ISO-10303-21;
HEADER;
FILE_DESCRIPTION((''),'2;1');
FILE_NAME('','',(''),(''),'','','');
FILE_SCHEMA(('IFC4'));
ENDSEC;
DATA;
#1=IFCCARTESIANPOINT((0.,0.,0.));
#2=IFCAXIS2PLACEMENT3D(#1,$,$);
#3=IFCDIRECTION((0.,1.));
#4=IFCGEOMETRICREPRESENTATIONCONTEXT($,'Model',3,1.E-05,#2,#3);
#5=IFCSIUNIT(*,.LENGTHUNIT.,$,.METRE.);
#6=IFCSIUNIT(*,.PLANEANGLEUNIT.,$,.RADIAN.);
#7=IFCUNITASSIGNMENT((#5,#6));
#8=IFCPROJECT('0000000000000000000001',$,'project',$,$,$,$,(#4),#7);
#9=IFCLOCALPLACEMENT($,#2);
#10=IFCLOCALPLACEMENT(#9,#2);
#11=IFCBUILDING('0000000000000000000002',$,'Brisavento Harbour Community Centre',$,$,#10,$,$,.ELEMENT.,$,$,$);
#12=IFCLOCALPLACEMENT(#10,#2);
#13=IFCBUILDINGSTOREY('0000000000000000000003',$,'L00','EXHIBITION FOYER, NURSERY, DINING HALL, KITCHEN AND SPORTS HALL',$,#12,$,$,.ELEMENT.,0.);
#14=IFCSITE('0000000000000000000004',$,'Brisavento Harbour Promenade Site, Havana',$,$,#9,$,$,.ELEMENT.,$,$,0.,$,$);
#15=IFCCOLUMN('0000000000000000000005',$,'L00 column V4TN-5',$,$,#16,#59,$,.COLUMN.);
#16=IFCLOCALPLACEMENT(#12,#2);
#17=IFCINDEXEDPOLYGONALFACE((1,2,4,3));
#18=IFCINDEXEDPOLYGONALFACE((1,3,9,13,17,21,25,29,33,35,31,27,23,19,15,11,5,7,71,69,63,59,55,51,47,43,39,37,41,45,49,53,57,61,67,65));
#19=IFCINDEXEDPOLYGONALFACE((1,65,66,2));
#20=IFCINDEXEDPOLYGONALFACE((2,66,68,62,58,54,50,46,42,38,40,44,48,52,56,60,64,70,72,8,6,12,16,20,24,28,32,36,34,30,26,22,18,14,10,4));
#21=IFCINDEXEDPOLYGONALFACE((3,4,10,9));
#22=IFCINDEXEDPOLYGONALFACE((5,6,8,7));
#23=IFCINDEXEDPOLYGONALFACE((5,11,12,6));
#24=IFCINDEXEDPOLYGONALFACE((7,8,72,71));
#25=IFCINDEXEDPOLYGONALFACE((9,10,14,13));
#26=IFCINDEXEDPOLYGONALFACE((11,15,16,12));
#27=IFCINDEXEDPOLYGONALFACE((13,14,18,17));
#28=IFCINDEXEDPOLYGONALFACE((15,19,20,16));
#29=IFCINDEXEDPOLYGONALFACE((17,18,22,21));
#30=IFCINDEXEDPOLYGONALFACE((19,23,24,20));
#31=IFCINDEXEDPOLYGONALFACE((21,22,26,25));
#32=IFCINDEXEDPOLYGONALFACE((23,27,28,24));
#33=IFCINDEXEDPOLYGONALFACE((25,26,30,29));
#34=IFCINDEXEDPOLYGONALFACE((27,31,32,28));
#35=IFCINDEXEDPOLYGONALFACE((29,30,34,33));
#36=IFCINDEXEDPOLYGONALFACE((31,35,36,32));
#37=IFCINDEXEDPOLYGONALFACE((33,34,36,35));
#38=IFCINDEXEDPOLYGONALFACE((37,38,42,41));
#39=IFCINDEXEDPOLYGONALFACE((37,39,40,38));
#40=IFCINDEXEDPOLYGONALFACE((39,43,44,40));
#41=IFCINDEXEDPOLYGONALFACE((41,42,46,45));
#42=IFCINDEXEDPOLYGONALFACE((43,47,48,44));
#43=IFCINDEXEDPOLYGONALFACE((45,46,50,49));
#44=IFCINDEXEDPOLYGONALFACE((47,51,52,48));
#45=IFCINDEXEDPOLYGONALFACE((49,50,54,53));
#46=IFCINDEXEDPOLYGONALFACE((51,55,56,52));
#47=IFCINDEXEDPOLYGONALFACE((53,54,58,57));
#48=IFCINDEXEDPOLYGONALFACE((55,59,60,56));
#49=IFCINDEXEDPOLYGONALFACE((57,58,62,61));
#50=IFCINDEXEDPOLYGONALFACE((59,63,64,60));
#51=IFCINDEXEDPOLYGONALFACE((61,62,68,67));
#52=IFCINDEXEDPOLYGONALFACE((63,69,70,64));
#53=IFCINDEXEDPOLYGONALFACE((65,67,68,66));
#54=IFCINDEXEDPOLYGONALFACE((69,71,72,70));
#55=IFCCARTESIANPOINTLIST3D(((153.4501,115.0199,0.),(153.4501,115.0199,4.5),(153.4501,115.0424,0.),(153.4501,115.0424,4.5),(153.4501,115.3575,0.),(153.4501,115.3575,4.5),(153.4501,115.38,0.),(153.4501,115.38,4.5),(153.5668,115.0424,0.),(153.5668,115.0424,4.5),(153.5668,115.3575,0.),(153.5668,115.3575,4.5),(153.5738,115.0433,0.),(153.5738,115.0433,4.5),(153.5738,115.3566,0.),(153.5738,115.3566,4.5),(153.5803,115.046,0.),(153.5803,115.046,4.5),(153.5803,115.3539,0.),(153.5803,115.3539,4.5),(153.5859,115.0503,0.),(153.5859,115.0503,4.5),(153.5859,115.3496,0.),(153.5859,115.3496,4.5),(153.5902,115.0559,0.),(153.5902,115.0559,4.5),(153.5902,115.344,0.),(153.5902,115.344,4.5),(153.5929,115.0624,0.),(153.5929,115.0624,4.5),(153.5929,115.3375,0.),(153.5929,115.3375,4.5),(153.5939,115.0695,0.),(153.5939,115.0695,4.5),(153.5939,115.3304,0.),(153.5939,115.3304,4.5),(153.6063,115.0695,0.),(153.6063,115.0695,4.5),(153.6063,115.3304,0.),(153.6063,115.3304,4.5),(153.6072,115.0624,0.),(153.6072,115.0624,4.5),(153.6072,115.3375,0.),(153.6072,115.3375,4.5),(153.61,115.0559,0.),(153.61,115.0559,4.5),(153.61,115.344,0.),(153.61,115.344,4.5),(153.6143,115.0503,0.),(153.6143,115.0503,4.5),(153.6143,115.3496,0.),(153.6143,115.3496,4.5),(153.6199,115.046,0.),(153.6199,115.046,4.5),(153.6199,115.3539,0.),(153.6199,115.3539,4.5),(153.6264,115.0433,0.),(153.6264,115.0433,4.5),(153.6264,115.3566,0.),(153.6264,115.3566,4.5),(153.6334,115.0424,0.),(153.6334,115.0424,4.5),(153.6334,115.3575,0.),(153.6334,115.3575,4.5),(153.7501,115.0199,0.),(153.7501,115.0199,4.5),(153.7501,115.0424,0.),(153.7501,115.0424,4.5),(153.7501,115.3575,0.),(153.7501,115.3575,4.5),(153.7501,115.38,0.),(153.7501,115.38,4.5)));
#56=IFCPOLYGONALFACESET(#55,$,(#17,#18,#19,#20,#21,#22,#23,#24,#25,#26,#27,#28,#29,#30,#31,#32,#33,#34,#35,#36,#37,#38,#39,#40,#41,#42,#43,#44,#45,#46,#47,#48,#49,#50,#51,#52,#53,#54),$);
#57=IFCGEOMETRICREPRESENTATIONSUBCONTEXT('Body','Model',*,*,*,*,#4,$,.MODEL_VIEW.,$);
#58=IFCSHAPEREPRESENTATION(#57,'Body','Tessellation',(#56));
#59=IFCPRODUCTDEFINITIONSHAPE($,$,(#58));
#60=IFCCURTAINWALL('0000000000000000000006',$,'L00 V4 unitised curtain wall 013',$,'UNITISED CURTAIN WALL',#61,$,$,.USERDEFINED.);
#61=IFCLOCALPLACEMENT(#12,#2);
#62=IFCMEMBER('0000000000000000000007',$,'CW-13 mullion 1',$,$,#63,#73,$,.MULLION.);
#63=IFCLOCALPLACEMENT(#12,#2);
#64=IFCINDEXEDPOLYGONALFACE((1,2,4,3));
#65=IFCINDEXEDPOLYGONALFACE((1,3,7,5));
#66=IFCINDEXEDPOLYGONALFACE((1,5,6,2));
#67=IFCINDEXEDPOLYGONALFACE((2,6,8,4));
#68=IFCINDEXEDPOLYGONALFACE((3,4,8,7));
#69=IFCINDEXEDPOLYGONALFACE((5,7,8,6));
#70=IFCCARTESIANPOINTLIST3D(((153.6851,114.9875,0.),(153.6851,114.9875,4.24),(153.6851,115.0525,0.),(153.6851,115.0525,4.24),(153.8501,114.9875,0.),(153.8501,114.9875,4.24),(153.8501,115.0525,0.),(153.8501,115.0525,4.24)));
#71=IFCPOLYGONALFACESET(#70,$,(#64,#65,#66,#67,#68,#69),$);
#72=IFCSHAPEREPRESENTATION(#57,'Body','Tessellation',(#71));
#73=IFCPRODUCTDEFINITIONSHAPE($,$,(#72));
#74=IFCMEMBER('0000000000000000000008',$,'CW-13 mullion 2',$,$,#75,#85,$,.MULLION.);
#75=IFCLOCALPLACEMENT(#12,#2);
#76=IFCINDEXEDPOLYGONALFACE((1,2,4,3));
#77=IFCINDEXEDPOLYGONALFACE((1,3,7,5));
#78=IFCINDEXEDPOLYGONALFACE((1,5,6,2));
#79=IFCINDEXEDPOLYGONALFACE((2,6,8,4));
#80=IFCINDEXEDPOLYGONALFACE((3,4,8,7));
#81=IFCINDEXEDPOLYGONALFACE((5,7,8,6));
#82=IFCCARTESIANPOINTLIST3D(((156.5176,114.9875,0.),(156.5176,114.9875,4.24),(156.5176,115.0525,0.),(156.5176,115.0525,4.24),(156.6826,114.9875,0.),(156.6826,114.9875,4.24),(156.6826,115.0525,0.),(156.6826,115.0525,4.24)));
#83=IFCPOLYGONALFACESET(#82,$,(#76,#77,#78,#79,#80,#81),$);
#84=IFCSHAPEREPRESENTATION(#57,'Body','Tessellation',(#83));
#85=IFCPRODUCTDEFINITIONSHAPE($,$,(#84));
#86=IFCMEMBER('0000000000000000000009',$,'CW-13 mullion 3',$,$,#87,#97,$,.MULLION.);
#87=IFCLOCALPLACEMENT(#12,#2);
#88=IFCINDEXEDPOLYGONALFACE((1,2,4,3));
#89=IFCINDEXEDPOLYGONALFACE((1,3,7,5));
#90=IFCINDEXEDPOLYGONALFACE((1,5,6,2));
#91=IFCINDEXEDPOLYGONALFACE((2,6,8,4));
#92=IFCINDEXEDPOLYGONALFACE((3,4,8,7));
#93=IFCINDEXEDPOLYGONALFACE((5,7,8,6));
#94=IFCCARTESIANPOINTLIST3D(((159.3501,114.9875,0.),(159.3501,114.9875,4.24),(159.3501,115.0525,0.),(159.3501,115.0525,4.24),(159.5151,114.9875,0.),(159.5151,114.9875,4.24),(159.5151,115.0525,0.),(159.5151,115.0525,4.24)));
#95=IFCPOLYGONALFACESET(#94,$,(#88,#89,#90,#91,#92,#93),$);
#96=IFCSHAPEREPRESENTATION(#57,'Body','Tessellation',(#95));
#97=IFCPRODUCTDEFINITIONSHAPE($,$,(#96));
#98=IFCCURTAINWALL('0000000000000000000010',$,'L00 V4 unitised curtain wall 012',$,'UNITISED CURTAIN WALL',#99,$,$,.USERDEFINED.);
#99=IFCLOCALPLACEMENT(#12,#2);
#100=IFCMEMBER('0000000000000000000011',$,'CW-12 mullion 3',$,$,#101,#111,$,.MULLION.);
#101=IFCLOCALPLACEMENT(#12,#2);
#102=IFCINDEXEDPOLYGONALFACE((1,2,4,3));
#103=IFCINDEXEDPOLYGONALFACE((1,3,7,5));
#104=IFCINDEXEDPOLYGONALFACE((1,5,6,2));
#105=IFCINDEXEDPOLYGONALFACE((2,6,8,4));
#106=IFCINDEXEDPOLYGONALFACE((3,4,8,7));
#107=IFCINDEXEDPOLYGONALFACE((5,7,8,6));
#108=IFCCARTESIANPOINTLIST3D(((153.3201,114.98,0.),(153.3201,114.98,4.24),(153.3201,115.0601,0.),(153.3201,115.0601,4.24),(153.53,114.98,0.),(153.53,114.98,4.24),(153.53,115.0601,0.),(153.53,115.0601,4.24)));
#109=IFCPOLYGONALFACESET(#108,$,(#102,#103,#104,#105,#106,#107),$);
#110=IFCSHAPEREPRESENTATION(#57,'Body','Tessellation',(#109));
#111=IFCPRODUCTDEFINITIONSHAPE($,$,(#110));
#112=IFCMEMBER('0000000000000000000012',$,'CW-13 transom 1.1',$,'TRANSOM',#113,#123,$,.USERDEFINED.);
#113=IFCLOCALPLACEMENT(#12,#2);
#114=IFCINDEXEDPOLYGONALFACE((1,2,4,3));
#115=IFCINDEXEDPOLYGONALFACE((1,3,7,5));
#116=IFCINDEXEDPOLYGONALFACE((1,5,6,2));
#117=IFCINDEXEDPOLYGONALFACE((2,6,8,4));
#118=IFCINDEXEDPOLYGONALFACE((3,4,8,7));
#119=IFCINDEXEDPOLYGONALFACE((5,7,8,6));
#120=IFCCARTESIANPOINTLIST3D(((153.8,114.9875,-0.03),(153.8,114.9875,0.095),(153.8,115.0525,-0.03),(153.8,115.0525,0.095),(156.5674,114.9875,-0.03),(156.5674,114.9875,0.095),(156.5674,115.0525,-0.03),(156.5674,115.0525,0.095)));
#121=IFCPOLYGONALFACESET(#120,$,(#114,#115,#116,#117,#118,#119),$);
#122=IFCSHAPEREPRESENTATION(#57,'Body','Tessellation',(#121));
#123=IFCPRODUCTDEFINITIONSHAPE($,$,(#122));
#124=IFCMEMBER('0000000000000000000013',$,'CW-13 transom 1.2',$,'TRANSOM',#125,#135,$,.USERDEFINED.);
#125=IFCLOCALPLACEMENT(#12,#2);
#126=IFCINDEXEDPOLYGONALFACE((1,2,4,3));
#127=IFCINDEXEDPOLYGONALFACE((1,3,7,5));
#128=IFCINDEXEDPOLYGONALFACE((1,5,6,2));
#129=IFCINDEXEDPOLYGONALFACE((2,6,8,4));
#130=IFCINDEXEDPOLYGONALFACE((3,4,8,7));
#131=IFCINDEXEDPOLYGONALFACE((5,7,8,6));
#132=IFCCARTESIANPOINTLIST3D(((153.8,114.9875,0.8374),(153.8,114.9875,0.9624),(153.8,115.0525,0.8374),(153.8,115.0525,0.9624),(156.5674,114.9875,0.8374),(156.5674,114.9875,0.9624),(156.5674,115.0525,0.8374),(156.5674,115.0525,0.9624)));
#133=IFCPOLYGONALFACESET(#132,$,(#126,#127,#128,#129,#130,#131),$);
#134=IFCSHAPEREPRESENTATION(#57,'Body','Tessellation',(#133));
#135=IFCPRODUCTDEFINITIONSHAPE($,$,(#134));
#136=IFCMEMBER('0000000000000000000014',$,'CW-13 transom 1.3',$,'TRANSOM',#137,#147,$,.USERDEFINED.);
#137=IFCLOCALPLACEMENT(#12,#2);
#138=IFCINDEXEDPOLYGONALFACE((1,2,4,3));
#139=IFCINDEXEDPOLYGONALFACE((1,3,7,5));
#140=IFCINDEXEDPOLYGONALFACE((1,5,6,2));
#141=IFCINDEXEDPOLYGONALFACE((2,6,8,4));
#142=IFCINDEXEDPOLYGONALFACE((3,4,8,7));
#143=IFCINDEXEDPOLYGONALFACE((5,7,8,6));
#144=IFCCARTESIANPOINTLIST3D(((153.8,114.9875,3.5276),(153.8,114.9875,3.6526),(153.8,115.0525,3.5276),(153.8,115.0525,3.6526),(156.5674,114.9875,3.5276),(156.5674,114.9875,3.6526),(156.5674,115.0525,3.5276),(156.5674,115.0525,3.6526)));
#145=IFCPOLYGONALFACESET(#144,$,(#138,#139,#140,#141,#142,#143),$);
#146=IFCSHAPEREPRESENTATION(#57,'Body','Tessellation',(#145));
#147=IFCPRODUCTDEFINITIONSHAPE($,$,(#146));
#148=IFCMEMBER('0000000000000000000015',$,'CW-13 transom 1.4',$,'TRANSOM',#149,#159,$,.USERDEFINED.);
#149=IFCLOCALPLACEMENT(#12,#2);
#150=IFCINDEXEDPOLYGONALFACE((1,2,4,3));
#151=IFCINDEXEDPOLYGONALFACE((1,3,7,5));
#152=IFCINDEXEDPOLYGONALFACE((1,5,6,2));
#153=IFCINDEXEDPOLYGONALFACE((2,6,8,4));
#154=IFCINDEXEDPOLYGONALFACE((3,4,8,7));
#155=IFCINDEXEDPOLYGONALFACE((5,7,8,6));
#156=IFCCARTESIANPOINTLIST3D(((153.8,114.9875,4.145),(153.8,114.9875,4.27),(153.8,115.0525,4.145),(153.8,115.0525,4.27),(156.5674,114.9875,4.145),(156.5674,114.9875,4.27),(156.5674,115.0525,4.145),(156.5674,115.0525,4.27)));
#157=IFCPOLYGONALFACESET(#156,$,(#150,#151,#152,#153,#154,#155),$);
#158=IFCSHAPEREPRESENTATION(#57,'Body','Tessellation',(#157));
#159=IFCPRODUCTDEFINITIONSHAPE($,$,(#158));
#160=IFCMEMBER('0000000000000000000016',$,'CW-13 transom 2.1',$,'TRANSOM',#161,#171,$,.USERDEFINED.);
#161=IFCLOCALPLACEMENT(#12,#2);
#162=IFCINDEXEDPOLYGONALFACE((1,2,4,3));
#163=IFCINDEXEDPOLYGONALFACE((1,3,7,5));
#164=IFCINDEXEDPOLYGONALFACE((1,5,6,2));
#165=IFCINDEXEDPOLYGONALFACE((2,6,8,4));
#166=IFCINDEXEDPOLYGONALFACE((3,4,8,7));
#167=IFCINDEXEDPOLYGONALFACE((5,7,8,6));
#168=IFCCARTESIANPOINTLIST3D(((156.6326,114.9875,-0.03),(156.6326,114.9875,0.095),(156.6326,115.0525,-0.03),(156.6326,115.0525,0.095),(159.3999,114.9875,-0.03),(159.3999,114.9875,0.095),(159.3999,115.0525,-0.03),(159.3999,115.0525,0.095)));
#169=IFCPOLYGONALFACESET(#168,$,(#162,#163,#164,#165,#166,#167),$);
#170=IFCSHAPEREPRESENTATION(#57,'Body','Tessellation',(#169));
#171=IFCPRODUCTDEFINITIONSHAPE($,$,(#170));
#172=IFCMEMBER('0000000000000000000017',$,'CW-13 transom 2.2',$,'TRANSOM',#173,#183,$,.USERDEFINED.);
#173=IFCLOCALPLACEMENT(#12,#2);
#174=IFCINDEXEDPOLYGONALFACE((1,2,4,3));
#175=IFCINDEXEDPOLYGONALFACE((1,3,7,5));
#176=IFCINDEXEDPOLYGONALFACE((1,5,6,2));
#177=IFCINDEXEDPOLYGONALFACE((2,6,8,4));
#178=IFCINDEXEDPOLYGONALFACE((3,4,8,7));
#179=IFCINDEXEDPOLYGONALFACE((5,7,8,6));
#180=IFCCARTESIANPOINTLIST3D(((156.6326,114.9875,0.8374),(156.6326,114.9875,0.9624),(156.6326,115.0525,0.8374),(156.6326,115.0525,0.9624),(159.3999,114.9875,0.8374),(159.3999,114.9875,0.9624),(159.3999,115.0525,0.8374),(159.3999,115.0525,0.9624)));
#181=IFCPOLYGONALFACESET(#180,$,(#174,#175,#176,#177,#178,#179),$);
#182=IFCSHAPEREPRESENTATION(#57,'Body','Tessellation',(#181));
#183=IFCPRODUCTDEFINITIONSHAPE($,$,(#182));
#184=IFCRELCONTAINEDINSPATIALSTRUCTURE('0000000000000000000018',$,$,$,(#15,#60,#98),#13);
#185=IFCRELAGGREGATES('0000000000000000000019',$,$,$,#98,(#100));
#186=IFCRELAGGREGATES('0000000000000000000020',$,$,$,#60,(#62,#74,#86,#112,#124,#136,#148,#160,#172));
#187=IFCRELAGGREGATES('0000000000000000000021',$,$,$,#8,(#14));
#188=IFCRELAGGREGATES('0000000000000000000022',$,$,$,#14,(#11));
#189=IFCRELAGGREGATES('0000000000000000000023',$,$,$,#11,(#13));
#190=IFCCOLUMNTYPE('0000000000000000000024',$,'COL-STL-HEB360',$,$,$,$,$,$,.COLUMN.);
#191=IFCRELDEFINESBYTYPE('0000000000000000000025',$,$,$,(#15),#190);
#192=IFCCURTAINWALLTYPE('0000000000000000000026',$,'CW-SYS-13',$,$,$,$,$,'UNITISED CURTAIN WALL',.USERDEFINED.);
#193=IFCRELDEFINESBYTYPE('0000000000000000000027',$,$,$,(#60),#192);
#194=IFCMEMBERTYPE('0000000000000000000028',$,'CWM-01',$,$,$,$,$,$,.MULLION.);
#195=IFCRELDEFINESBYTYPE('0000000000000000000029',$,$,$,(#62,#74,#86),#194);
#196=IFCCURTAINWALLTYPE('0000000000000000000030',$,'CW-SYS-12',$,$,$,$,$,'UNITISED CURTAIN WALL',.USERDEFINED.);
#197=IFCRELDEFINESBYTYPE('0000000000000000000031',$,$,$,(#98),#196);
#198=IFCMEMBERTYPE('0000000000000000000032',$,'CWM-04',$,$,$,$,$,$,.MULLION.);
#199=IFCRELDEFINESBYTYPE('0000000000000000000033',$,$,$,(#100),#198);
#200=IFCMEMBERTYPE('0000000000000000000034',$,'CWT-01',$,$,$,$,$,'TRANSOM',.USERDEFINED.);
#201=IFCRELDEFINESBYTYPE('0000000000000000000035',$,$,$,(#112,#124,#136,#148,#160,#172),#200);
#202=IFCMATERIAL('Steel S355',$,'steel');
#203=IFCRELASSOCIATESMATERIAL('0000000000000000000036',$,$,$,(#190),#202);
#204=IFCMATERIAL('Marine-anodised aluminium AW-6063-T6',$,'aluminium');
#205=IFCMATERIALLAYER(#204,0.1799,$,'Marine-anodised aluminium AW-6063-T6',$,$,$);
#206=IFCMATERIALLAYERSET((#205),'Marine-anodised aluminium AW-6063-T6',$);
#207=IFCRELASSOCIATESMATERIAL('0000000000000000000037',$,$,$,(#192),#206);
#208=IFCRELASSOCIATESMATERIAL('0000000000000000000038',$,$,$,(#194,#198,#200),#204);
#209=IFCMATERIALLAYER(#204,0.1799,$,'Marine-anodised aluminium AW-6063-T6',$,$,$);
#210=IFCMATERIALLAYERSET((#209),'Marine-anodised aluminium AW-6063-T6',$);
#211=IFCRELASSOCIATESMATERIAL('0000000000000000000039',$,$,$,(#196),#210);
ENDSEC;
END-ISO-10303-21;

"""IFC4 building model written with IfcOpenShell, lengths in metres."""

from ifc_helpers import new_model, si_unit, direction, frame, origin, origin_2d, place, context, subcontext, project, spatial, rectangle, i_section, extrude, material, layer, layer_set, material_profile, profile_set, type_object, element, aggregate, save


model = new_model("IFC4")

# Units and contexts
model_context = context("Model", 3, precision=1e-05, world=origin(), true_north=direction((0.0, 1.0)))
body_context = subcontext(model_context, "Body", "Model", "MODEL_VIEW")
ifc_project = project(units=[si_unit("LENGTHUNIT", "METRE"), si_unit("PLANEANGLEUNIT", "RADIAN")], contexts=[model_context])

# Site, building, storey
site_placement = place(None, origin())
site = spatial("IfcSite", under=ifc_project, at=site_placement, Name="Brisavento Harbour Promenade Site, Havana", CompositionType="ELEMENT", RefElevation=0.0)
building_placement = place(site_placement, origin())
building = spatial("IfcBuilding", under=site, at=building_placement, Name="Brisavento Harbour Community Centre", CompositionType="ELEMENT")
storey_placement = place(building_placement, origin())
storey = spatial("IfcBuildingStorey", under=building, at=storey_placement, Name="L00", Description="EXHIBITION FOYER, NURSERY, DINING HALL, KITCHEN AND SPORTS HALL", CompositionType="ELEMENT", Elevation=0.0)

# Column
ifc_material_1 = material(Name="Steel S355", Category="steel")
ifc_material_profile_1 = material_profile(ifc_material_1, i_section(OverallWidth=0.3, OverallDepth=0.3601, WebThickness=0.0125, FlangeThickness=0.0225, FilletRadius=0.0271, at=origin_2d()), Name="Steel S355")
ifc_profile_set_1 = profile_set([ifc_material_profile_1], Name="Steel S355")
column_type = type_object("IfcColumnType", Name="COL-STL-HEB360", PredefinedType="COLUMN", material=ifc_profile_set_1)
column_placement = place(storey_placement, frame((153.6001, 115.2, 0.0), z_axis=(0.0, 0.0, 1.0), x_axis=(1.0, 0.0, 0.0)))
element("IfcColumn", 1, at=column_placement, inside=storey, type_object=column_type, Name="L00 column V4TN-5", PredefinedType="COLUMN", context=body_context, shape_type="SweptSolid", body=[
    extrude(i_section(OverallWidth=0.3, OverallDepth=0.3601, WebThickness=0.0125, FlangeThickness=0.0225, FilletRadius=0.0271, at=origin_2d()), origin(), (0.0, 0.0, 1.0), 4.5),
])

# Curtain wall, members
ifc_material_2 = material(Name="Marine-anodised aluminium AW-6063-T6", Category="aluminium")
ifc_layer_1 = layer(ifc_material_2, 0.1799, Name="Marine-anodised aluminium AW-6063-T6")
ifc_layer_set_1 = layer_set([ifc_layer_1], Name="Marine-anodised aluminium AW-6063-T6")
curtain_wall_type_1 = type_object("IfcCurtainWallType", Name="CW-SYS-13", ElementType="UNITISED CURTAIN WALL", PredefinedType="USERDEFINED", material=ifc_layer_set_1)
curtain_wall_1_placement = place(storey_placement, origin())
curtain_wall_1 = element("IfcCurtainWall", 2, at=curtain_wall_1_placement, inside=storey, type_object=curtain_wall_type_1, Name="L00 V4 unitised curtain wall 013", ObjectType="UNITISED CURTAIN WALL", PredefinedType="USERDEFINED")
ifc_material_profile_2 = material_profile(ifc_material_2, rectangle(XDim=0.0649, YDim=0.165, at=origin_2d()), Name="Marine-anodised aluminium AW-6063-T6")
ifc_profile_set_2 = profile_set([ifc_material_profile_2], Name="Marine-anodised aluminium AW-6063-T6")
member_type_1 = type_object("IfcMemberType", Name="CWM-01", PredefinedType="MULLION", material=ifc_profile_set_2)
member_1_placement = place(storey_placement, frame((153.7676, 115.02, 0.0), z_axis=(0.0, 0.0, 1.0), x_axis=(0.0, 1.0, 0.0)))
member_1 = element("IfcMember", 3, at=member_1_placement, type_object=member_type_1, Name="CW-13 mullion 1", PredefinedType="MULLION", context=body_context, shape_type="SweptSolid", body=[
    extrude(rectangle(XDim=0.0649, YDim=0.165, at=origin_2d()), origin(), (0.0, 0.0, 1.0), 4.24),
])
member_2_placement = place(storey_placement, frame((156.6001, 115.02, 0.0), z_axis=(0.0, 0.0, 1.0), x_axis=(0.0, 1.0, 0.0)))
member_2 = element("IfcMember", 4, at=member_2_placement, type_object=member_type_1, Name="CW-13 mullion 2", PredefinedType="MULLION", context=body_context, shape_type="SweptSolid", body=[
    extrude(rectangle(XDim=0.0649, YDim=0.165, at=origin_2d()), origin(), (0.0, 0.0, 1.0), 4.24),
])
member_3_placement = place(storey_placement, frame((159.4326, 115.02, 0.0), z_axis=(0.0, 0.0, 1.0), x_axis=(0.0, 1.0, 0.0)))
member_3 = element("IfcMember", 5, at=member_3_placement, type_object=member_type_1, Name="CW-13 mullion 3", PredefinedType="MULLION", context=body_context, shape_type="SweptSolid", body=[
    extrude(rectangle(XDim=0.0649, YDim=0.165, at=origin_2d()), origin(), (0.0, 0.0, 1.0), 4.24),
])

# Curtain wall, member
ifc_layer_2 = layer(ifc_material_2, 0.1799, Name="Marine-anodised aluminium AW-6063-T6")
ifc_layer_set_2 = layer_set([ifc_layer_2], Name="Marine-anodised aluminium AW-6063-T6")
curtain_wall_type_2 = type_object("IfcCurtainWallType", Name="CW-SYS-12", ElementType="UNITISED CURTAIN WALL", PredefinedType="USERDEFINED", material=ifc_layer_set_2)
curtain_wall_2_placement = place(storey_placement, origin())
curtain_wall_2 = element("IfcCurtainWall", 6, at=curtain_wall_2_placement, inside=storey, type_object=curtain_wall_type_2, Name="L00 V4 unitised curtain wall 012", ObjectType="UNITISED CURTAIN WALL", PredefinedType="USERDEFINED")
ifc_material_profile_3 = material_profile(ifc_material_2, rectangle(XDim=0.0801, YDim=0.21, at=origin_2d()), Name="Marine-anodised aluminium AW-6063-T6")
ifc_profile_set_3 = profile_set([ifc_material_profile_3], Name="Marine-anodised aluminium AW-6063-T6")
member_type_2 = type_object("IfcMemberType", Name="CWM-04", PredefinedType="MULLION", material=ifc_profile_set_3)
member_4_placement = place(storey_placement, frame((153.425, 115.02, 0.0), z_axis=(0.0, 0.0, 1.0), x_axis=(0.0, 1.0, 0.0)))
member_4 = element("IfcMember", 7, at=member_4_placement, type_object=member_type_2, Name="CW-12 mullion 3", PredefinedType="MULLION", context=body_context, shape_type="SweptSolid", body=[
    extrude(rectangle(XDim=0.0801, YDim=0.21, at=origin_2d()), origin(), (0.0, 0.0, 1.0), 4.24),
])

# Members
ifc_material_profile_4 = material_profile(ifc_material_2, rectangle(XDim=0.0649, YDim=0.125, at=origin_2d()), Name="Marine-anodised aluminium AW-6063-T6")
ifc_profile_set_4 = profile_set([ifc_material_profile_4], Name="Marine-anodised aluminium AW-6063-T6")
member_type_3 = type_object("IfcMemberType", Name="CWT-01", ElementType="TRANSOM", PredefinedType="USERDEFINED", material=ifc_profile_set_4)
member_5_placement = place(storey_placement, frame((153.8, 115.02, 0.0325), z_axis=(1.0, 0.0, 0.0), x_axis=(0.0, 1.0, 0.0)))
member_5 = element("IfcMember", 8, at=member_5_placement, type_object=member_type_3, Name="CW-13 transom 1.1", ObjectType="TRANSOM", PredefinedType="USERDEFINED", context=body_context, shape_type="SweptSolid", body=[
    extrude(rectangle(XDim=0.0649, YDim=0.125, at=origin_2d()), origin(), (0.0, 0.0, 1.0), 2.7673),
])
member_6_placement = place(storey_placement, frame((153.8, 115.02, 0.8999), z_axis=(1.0, 0.0, 0.0), x_axis=(0.0, 1.0, 0.0)))
member_6 = element("IfcMember", 9, at=member_6_placement, type_object=member_type_3, Name="CW-13 transom 1.2", ObjectType="TRANSOM", PredefinedType="USERDEFINED", context=body_context, shape_type="SweptSolid", body=[
    extrude(rectangle(XDim=0.0649, YDim=0.125, at=origin_2d()), origin(), (0.0, 0.0, 1.0), 2.7673),
])
member_7_placement = place(storey_placement, frame((153.8, 115.02, 3.5901), z_axis=(1.0, 0.0, 0.0), x_axis=(0.0, 1.0, 0.0)))
member_7 = element("IfcMember", 10, at=member_7_placement, type_object=member_type_3, Name="CW-13 transom 1.3", ObjectType="TRANSOM", PredefinedType="USERDEFINED", context=body_context, shape_type="SweptSolid", body=[
    extrude(rectangle(XDim=0.0649, YDim=0.125, at=origin_2d()), origin(), (0.0, 0.0, 1.0), 2.7673),
])
member_8_placement = place(storey_placement, frame((153.8, 115.02, 4.2075), z_axis=(1.0, 0.0, 0.0), x_axis=(0.0, 1.0, 0.0)))
member_8 = element("IfcMember", 11, at=member_8_placement, type_object=member_type_3, Name="CW-13 transom 1.4", ObjectType="TRANSOM", PredefinedType="USERDEFINED", context=body_context, shape_type="SweptSolid", body=[
    extrude(rectangle(XDim=0.0649, YDim=0.125, at=origin_2d()), origin(), (0.0, 0.0, 1.0), 2.7673),
])
member_9_placement = place(storey_placement, frame((156.6326, 115.02, 0.0325), z_axis=(1.0, 0.0, 0.0), x_axis=(0.0, 1.0, 0.0)))
member_9 = element("IfcMember", 12, at=member_9_placement, type_object=member_type_3, Name="CW-13 transom 2.1", ObjectType="TRANSOM", PredefinedType="USERDEFINED", context=body_context, shape_type="SweptSolid", body=[
    extrude(rectangle(XDim=0.0649, YDim=0.125, at=origin_2d()), origin(), (0.0, 0.0, 1.0), 2.7673),
])
member_10_placement = place(storey_placement, frame((156.6326, 115.02, 0.8999), z_axis=(1.0, 0.0, 0.0), x_axis=(0.0, 1.0, 0.0)))
member_10 = element("IfcMember", 13, at=member_10_placement, type_object=member_type_3, Name="CW-13 transom 2.2", ObjectType="TRANSOM", PredefinedType="USERDEFINED", context=body_context, shape_type="SweptSolid", body=[
    extrude(rectangle(XDim=0.0649, YDim=0.125, at=origin_2d()), origin(), (0.0, 0.0, 1.0), 2.7673),
])

aggregate(curtain_wall_2, [member_4])
aggregate(curtain_wall_1, [member_1, member_2, member_3, member_5, member_6, member_7, member_8, member_9, member_10])

save(model, "model.ifc")
